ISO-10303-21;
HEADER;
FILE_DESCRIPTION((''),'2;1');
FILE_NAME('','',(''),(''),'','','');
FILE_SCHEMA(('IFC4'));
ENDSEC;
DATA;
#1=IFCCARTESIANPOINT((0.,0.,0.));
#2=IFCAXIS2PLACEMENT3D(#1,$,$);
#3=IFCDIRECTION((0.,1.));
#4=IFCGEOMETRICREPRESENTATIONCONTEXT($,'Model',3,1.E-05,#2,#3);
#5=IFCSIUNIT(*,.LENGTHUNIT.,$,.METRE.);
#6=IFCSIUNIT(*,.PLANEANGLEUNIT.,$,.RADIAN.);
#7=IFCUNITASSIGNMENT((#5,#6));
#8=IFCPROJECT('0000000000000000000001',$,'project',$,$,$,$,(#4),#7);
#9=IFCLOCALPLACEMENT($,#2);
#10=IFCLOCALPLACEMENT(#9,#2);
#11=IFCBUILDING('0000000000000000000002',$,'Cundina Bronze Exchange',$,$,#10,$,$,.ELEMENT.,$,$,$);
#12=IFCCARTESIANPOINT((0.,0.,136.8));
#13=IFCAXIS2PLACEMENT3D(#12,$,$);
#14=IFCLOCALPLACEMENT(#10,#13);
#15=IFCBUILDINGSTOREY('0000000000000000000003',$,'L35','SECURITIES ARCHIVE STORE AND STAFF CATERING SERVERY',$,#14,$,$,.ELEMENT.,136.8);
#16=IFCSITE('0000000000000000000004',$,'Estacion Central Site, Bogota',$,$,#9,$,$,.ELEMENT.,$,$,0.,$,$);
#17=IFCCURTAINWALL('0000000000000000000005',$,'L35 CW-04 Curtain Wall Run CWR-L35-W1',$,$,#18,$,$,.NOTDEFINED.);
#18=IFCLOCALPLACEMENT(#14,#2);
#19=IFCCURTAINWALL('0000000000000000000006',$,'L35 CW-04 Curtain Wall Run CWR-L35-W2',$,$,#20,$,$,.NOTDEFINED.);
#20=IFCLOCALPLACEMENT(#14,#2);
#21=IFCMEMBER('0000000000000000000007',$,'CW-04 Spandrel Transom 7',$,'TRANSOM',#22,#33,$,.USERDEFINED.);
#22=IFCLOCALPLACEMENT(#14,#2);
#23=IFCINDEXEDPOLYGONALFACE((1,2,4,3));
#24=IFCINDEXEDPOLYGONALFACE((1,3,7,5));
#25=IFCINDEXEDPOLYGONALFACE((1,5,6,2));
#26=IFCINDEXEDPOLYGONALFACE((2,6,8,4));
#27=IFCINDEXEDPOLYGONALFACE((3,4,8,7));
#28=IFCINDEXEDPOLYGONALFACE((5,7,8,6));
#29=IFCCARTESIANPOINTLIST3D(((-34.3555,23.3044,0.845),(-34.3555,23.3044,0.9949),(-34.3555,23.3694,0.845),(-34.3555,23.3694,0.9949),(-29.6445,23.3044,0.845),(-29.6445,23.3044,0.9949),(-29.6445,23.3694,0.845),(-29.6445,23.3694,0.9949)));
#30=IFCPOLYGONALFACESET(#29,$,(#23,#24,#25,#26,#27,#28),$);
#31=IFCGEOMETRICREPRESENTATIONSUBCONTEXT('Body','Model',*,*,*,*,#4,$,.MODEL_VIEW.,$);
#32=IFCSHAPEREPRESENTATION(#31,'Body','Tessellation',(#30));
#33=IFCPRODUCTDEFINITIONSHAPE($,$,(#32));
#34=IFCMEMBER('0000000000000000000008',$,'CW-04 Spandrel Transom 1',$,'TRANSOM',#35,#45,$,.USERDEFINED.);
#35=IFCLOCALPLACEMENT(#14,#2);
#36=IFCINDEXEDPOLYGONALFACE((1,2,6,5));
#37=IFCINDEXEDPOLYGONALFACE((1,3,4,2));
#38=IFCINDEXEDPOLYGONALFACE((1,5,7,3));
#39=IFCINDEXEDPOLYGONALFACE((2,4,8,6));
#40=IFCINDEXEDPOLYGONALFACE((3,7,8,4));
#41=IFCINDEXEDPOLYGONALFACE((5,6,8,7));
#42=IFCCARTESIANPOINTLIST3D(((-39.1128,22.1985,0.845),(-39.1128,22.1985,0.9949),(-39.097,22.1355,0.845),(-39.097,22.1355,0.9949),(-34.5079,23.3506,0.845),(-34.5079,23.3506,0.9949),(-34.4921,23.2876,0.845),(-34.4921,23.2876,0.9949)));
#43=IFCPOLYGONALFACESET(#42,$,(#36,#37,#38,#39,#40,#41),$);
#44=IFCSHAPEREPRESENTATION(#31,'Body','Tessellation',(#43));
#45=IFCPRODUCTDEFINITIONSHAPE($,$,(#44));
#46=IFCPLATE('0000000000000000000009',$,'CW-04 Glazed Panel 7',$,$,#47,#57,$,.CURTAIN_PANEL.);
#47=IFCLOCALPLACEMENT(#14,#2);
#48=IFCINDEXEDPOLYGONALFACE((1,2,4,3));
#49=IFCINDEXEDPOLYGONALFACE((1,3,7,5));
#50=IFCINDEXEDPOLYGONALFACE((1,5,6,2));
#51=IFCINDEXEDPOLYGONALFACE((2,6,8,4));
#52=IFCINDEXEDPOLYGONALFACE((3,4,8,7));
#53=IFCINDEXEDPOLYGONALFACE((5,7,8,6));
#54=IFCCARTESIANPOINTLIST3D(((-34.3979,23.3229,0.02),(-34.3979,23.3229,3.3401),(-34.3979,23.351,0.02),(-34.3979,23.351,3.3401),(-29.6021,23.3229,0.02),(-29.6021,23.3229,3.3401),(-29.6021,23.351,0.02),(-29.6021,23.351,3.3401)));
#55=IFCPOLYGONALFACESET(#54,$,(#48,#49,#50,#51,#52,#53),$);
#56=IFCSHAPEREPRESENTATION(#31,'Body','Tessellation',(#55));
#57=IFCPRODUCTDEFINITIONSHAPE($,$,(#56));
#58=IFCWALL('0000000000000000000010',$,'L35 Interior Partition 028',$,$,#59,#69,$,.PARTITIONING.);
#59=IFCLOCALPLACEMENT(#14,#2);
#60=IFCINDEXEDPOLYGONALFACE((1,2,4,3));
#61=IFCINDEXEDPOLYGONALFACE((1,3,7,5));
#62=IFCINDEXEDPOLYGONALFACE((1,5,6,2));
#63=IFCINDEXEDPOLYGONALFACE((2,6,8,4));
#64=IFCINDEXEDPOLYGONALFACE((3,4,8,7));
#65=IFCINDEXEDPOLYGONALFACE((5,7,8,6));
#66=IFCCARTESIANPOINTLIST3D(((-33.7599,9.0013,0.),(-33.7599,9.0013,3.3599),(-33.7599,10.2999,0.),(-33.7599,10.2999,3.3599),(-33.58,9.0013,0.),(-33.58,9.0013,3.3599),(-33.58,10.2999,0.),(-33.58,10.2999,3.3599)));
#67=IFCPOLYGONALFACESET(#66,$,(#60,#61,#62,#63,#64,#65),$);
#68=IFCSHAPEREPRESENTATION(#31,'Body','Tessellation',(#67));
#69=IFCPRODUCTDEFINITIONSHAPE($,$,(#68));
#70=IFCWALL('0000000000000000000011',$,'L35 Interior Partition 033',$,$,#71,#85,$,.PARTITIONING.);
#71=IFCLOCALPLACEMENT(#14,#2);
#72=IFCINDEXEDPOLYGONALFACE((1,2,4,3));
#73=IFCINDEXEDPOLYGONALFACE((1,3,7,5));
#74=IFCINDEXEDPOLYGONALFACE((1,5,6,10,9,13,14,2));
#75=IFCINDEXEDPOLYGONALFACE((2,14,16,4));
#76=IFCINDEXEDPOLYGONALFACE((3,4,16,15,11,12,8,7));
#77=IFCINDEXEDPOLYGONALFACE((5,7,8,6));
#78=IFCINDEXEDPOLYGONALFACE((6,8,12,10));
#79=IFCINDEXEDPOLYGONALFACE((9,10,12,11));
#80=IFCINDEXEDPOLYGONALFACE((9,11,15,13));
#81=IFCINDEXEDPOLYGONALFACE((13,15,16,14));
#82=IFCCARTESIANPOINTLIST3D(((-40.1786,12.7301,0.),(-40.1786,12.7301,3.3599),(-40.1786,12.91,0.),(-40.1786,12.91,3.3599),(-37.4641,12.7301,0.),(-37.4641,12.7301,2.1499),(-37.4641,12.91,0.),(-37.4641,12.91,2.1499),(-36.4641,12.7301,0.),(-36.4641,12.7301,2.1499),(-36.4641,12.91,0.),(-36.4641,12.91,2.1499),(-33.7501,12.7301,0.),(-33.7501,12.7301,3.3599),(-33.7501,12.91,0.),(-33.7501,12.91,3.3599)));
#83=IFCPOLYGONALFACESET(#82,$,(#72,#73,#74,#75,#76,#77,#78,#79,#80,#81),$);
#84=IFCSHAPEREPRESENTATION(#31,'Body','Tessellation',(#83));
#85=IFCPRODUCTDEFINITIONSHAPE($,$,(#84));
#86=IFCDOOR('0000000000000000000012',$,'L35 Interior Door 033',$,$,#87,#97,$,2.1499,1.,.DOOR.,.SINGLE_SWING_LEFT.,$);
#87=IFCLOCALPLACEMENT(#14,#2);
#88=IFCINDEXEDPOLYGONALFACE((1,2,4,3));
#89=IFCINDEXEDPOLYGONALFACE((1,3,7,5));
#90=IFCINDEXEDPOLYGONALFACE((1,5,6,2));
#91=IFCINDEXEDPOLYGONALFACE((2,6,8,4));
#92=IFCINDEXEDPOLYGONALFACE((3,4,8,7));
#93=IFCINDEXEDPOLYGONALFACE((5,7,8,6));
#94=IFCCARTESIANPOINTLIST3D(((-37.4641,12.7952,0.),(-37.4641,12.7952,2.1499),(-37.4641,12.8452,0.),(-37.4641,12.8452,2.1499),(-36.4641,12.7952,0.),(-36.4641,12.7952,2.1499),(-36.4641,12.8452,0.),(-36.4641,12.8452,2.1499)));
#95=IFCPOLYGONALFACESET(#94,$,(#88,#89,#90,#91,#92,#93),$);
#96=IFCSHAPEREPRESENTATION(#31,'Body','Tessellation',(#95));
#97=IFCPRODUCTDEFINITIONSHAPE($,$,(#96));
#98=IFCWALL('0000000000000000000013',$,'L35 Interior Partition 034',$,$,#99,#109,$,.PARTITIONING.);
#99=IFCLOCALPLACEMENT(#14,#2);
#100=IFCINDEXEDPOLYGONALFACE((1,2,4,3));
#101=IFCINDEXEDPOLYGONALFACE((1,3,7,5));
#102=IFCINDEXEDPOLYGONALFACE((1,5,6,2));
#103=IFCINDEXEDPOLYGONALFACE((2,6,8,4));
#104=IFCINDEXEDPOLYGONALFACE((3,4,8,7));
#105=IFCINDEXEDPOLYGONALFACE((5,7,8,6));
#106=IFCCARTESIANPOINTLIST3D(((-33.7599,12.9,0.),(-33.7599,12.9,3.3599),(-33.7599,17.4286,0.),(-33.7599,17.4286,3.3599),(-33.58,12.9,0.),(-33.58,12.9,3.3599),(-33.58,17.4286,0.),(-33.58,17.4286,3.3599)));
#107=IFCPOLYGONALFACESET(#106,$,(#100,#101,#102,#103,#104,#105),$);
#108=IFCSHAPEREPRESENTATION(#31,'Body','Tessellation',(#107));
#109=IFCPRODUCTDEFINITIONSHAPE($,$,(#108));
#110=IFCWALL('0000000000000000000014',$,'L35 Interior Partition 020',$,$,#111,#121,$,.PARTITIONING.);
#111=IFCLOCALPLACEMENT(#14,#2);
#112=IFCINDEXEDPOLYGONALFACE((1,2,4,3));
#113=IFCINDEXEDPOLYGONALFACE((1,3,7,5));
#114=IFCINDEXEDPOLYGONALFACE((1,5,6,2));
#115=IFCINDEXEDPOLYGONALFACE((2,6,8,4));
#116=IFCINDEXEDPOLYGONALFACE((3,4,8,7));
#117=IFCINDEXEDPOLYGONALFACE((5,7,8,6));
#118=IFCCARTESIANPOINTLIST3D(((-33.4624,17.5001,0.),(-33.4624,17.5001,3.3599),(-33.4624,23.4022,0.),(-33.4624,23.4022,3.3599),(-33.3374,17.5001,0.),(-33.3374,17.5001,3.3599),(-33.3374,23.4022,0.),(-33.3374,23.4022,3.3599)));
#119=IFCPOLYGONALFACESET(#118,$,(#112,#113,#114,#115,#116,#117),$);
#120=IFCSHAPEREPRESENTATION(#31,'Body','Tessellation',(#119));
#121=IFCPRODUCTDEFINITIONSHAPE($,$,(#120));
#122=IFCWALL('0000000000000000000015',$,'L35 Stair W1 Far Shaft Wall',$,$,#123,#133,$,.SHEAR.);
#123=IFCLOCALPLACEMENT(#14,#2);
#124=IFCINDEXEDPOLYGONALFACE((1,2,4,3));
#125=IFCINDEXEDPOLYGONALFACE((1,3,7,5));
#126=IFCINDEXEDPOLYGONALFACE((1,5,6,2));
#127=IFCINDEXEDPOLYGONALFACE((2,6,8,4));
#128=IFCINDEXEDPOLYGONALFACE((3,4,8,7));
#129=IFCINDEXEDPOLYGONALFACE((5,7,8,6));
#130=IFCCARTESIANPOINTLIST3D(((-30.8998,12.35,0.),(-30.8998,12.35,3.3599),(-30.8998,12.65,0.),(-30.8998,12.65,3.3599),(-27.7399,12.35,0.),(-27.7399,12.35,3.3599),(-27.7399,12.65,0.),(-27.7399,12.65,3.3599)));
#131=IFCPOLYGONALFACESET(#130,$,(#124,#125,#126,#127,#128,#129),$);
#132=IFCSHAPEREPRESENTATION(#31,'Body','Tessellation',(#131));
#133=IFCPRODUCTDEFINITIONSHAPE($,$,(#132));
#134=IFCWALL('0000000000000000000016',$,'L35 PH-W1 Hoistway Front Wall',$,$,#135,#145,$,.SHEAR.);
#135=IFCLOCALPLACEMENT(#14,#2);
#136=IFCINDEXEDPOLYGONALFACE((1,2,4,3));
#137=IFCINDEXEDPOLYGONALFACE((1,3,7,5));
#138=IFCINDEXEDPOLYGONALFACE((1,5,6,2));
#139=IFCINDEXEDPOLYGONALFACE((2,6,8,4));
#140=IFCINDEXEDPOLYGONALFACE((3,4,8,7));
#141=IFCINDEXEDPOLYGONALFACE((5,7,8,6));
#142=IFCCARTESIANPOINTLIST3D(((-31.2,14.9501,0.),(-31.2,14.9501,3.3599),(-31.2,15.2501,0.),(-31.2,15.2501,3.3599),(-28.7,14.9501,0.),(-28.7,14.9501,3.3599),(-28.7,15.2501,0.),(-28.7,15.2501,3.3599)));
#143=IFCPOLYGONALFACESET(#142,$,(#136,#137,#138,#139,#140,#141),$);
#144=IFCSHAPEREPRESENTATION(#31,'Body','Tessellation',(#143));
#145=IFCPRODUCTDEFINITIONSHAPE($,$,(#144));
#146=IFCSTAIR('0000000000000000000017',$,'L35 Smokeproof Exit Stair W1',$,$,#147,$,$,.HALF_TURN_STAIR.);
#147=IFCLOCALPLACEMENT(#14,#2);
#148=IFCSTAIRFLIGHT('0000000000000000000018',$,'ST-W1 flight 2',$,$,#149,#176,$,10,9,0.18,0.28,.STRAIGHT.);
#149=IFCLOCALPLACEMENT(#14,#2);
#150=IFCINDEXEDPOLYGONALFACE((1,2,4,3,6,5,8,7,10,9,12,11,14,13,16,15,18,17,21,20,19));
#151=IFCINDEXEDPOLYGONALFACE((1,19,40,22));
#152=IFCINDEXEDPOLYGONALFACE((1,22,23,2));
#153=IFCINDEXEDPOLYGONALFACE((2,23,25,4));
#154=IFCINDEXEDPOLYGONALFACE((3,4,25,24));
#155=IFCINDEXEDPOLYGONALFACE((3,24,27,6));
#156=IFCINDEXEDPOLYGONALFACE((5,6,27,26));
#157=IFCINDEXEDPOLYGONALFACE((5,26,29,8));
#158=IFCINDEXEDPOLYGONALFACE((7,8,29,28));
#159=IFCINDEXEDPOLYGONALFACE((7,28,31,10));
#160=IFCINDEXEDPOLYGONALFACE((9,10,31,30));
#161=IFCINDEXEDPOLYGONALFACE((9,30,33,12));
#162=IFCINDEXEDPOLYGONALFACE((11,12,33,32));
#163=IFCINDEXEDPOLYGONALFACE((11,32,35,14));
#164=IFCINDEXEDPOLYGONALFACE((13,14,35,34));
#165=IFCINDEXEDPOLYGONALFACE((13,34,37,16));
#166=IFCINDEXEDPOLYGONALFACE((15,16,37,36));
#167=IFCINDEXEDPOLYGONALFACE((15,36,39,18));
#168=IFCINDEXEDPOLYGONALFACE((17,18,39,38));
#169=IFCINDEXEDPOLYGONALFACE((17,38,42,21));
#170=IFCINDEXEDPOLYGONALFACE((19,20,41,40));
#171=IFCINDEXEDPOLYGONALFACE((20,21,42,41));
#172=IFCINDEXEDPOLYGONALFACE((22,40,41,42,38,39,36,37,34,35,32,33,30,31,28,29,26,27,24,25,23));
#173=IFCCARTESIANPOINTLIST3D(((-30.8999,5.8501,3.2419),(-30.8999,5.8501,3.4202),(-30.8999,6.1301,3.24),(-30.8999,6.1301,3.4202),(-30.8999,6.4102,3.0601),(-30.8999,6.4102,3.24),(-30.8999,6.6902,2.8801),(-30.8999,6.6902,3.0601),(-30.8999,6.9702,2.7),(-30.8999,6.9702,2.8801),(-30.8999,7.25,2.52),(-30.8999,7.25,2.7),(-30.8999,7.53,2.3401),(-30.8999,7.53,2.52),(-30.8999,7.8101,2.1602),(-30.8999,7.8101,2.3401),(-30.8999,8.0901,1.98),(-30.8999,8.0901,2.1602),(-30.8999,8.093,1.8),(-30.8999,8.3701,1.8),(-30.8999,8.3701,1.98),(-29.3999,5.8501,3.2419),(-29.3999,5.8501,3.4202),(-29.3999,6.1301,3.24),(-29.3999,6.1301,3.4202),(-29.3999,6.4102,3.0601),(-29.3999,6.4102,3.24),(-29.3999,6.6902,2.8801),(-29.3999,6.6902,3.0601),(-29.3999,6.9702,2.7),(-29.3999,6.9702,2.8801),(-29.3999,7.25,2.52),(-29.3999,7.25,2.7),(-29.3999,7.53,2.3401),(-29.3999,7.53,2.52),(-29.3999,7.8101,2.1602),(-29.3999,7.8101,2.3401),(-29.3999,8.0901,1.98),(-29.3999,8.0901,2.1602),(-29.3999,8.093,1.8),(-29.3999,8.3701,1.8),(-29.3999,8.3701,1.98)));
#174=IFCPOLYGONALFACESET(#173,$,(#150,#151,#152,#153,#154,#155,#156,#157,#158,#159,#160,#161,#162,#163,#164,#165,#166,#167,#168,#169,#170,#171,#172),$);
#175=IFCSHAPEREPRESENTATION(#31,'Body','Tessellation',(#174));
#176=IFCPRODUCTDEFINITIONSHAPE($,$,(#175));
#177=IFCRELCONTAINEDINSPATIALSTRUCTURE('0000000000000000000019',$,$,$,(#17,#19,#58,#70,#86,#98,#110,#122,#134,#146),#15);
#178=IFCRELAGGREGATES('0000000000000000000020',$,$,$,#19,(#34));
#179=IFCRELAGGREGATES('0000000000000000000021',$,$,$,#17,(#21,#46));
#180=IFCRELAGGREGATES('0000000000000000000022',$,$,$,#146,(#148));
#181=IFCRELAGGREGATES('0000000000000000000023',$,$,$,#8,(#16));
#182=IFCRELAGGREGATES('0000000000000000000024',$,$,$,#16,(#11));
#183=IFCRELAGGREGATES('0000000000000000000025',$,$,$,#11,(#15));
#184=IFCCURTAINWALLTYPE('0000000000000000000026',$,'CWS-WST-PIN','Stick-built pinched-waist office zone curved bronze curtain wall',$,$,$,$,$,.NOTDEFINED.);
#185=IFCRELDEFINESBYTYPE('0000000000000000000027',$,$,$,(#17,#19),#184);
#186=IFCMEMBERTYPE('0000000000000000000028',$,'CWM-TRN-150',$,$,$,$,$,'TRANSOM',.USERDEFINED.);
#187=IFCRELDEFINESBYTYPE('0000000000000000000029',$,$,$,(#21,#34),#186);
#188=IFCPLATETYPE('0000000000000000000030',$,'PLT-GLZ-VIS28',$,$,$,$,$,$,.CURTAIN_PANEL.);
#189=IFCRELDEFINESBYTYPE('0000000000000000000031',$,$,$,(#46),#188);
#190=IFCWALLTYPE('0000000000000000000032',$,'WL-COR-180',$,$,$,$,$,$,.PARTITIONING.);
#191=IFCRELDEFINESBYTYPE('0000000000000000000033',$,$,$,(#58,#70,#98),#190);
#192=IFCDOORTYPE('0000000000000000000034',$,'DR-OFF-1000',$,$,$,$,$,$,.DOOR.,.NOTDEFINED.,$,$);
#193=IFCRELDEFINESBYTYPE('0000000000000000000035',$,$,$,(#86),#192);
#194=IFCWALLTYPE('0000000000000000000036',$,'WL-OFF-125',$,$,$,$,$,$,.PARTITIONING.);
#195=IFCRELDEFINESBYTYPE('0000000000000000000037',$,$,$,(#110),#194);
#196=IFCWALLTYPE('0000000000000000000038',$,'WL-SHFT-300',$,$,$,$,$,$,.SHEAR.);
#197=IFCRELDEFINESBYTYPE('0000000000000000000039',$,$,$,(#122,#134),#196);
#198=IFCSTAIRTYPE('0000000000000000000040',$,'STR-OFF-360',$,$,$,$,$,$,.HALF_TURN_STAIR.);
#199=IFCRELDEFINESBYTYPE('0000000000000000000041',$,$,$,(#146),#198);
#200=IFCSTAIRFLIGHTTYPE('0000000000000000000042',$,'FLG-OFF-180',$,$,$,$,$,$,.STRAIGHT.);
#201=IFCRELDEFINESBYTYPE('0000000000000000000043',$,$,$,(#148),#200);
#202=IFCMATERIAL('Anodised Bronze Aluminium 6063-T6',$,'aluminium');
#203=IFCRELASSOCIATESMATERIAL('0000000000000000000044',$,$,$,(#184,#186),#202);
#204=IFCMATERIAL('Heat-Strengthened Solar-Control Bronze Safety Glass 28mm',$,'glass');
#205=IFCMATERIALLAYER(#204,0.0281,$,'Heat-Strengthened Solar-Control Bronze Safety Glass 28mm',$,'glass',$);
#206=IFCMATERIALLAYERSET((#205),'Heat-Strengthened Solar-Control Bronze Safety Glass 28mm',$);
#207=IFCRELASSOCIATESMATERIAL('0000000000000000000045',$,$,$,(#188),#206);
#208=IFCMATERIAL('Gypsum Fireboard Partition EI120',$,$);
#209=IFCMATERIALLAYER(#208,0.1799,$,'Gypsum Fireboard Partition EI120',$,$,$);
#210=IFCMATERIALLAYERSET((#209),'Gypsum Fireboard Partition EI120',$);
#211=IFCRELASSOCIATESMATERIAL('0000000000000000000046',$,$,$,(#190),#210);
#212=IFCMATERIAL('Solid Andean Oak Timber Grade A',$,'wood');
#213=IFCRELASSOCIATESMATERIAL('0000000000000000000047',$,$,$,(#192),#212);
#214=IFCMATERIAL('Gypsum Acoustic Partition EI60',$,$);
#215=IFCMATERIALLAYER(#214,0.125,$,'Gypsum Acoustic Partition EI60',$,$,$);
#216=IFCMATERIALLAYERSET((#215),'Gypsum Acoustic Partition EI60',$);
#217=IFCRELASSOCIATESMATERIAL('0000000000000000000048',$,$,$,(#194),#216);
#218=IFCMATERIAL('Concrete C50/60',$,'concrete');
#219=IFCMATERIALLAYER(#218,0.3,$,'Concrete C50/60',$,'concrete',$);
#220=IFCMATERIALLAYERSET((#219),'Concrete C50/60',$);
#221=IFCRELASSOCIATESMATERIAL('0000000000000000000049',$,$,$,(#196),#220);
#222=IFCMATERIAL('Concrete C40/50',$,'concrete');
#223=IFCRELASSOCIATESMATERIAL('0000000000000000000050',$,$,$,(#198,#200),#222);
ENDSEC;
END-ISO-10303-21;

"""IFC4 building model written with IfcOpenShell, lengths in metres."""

from ifc_helpers import new_model, si_unit, direction, frame, frame_2d, origin, origin_2d, place, context, subcontext, project, spatial, polyline, rectangle, outline, extrude, material, layer, layer_set, material_profile, profile_set, type_object, element, fill, aggregate, save


model = new_model("IFC4")

# Units and contexts
model_context = context("Model", 3, precision=1e-05, world=origin(), true_north=direction((0.0, 1.0)))
body_context = subcontext(model_context, "Body", "Model", "MODEL_VIEW")
ifc_project = project(units=[si_unit("LENGTHUNIT", "METRE"), si_unit("PLANEANGLEUNIT", "RADIAN")], contexts=[model_context])

# Site, building, storey
site_placement = place(None, origin())
site = spatial("IfcSite", under=ifc_project, at=site_placement, Name="Estacion Central Site, Bogota", CompositionType="ELEMENT", RefElevation=0.0)
building_placement = place(site_placement, origin())
building = spatial("IfcBuilding", under=site, at=building_placement, Name="Cundina Bronze Exchange", CompositionType="ELEMENT")
storey_placement = place(building_placement, frame((0.0, 0.0, 136.8)))
storey = spatial("IfcBuildingStorey", under=building, at=storey_placement, Name="L35", Description="SECURITIES ARCHIVE STORE AND STAFF CATERING SERVERY", CompositionType="ELEMENT", Elevation=136.8)

# Shared definitions
ifc_material_1 = material(Name="Concrete C50/60", Category="concrete")

# Curtain wall
ifc_material_2 = material(Name="Anodised Bronze Aluminium 6063-T6", Category="aluminium")
curtain_wall_type = type_object("IfcCurtainWallType", Name="CWS-WST-PIN", Description="Stick-built pinched-waist office zone curved bronze curtain wall", PredefinedType="NOTDEFINED", material=ifc_material_2)
curtain_wall_1_placement = place(storey_placement, origin())
curtain_wall_1 = element("IfcCurtainWall", 1, at=curtain_wall_1_placement, inside=storey, type_object=curtain_wall_type, Name="L35 CW-04 Curtain Wall Run CWR-L35-W1", PredefinedType="NOTDEFINED")

# Curtain wall
curtain_wall_2_placement = place(storey_placement, origin())
curtain_wall_2 = element("IfcCurtainWall", 2, at=curtain_wall_2_placement, inside=storey, type_object=curtain_wall_type, Name="L35 CW-04 Curtain Wall Run CWR-L35-W2", PredefinedType="NOTDEFINED")

# Members
ifc_material_profile_1 = material_profile(ifc_material_2, rectangle(XDim=0.0649, YDim=0.1499, at=origin_2d()), Name="AL65X150", Category="aluminium")
ifc_profile_set_1 = profile_set([ifc_material_profile_1], Name="Anodised Bronze Aluminium 6063-T6")
member_type_1 = type_object("IfcMemberType", Name="CWM-TRN-150", ElementType="TRANSOM", PredefinedType="USERDEFINED", material=ifc_profile_set_1)
member_1_placement = place(storey_placement, frame((-29.6445, 23.3369, 0.9199), z_axis=(-1.0, 0.0, 0.0), x_axis=(0.0, -1.0, 0.0)))
member_1 = element("IfcMember", 3, at=member_1_placement, type_object=member_type_1, Name="CW-04 Spandrel Transom 7", ObjectType="TRANSOM", PredefinedType="USERDEFINED", context=body_context, shape_type="SweptSolid", body=[
    extrude(rectangle(XDim=0.0649, YDim=0.1499, at=origin_2d()), origin(), (0.0, 0.0, 1.0), 4.7109),
])
member_2_placement = place(storey_placement, frame((-34.5, 23.3191, 0.9199), z_axis=(-0.9701, -0.242705, 0.0), x_axis=(0.242705, -0.9701, 0.0)))
member_2 = element("IfcMember", 4, at=member_2_placement, type_object=member_type_1, Name="CW-04 Spandrel Transom 1", ObjectType="TRANSOM", PredefinedType="USERDEFINED", context=body_context, shape_type="SweptSolid", body=[
    extrude(rectangle(XDim=0.0649, YDim=0.1499, at=origin_2d()), origin(), (0.0, 0.0, 1.0), 4.7468),
])
aggregate(curtain_wall_2, [member_2])

# Plate
ifc_material_3 = material(Name="Heat-Strengthened Solar-Control Bronze Safety Glass 28mm", Category="glass")
ifc_layer_1 = layer(ifc_material_3, 0.0281, Name="Heat-Strengthened Solar-Control Bronze Safety Glass 28mm", Category="glass")
ifc_layer_set_1 = layer_set([ifc_layer_1], Name="Heat-Strengthened Solar-Control Bronze Safety Glass 28mm")
plate_type = type_object("IfcPlateType", Name="PLT-GLZ-VIS28", PredefinedType="CURTAIN_PANEL", material=ifc_layer_set_1)
plate_placement = place(storey_placement, frame((-32.0, 23.3369, 0.02), z_axis=(0.0, 0.0, 1.0), x_axis=(-1.0, 0.0, 0.0)))
plate = element("IfcPlate", 5, at=plate_placement, type_object=plate_type, Name="CW-04 Glazed Panel 7", PredefinedType="CURTAIN_PANEL", context=body_context, shape_type="SweptSolid", body=[
    extrude(rectangle(XDim=4.7959, YDim=0.0281, at=origin_2d()), origin(), (0.0, 0.0, 1.0), 3.3201),
])
aggregate(curtain_wall_1, [member_1, plate])

# Shared definitions
ifc_material_4 = material(Name="Gypsum Fireboard Partition EI120")
ifc_layer_2 = layer(ifc_material_4, 0.1799, Name="Gypsum Fireboard Partition EI120")
ifc_layer_set_2 = layer_set([ifc_layer_2], Name="Gypsum Fireboard Partition EI120")
wall_type_1 = type_object("IfcWallType", Name="WL-COR-180", PredefinedType="PARTITIONING", material=ifc_layer_set_2)
ifc_material_5 = material(Name="Solid Andean Oak Timber Grade A", Category="wood")
door_type_1 = type_object("IfcDoorType", Name="DR-OFF-1000", OperationType="NOTDEFINED", PredefinedType="DOOR", material=ifc_material_5)

# Wall
wall_1_placement = place(storey_placement, frame((-33.6699, 10.3, 0.0), z_axis=(0.0, 0.0, 1.0), x_axis=(0.0, -1.0, 0.0)))
element("IfcWall", 6, at=wall_1_placement, inside=storey, type_object=wall_type_1, Name="L35 Interior Partition 028", PredefinedType="PARTITIONING", context=body_context, shape_type="SweptSolid", body=[
    extrude(rectangle(XDim=1.2986, YDim=0.1799, at=frame_2d((0.6494, 0.0))), origin(), (0.0, 0.0, 1.0), 3.3599),
])

# Wall, opening, door
wall_2_placement = place(storey_placement, frame((-33.75, 12.8201, 0.0), z_axis=(0.0, 0.0, 1.0), x_axis=(-1.0, 0.0, 0.0)))
wall_2 = element("IfcWall", 7, at=wall_2_placement, inside=storey, type_object=wall_type_1, Name="L35 Interior Partition 033", PredefinedType="PARTITIONING", context=body_context, shape_type="SweptSolid", body=[
    extrude(rectangle(XDim=6.4285, YDim=0.1799, at=frame_2d((3.2144, 0.0))), origin(), (0.0, 0.0, 1.0), 3.3599),
])
opening_1_placement = place(wall_2_placement, frame((2.7141, 0.0, 0.0)))
opening_1 = element("IfcOpeningElement", 8, at=opening_1_placement, cuts=wall_2, PredefinedType="OPENING", context=body_context, shape_type="SweptSolid", body=[
    extrude(rectangle(XDim=1.0, YDim=2.1499, at=frame_2d((0.5, 1.075))), frame((0.0, 0.0999, 0.0), z_axis=(0.0, -1.0, 0.0), x_axis=(1.0, 0.0, 0.0)), (0.0, 0.0, 1.0), 0.2),
])
door_1_placement = place(opening_1_placement, origin())
door_1 = element("IfcDoor", 9, at=door_1_placement, inside=storey, type_object=door_type_1, Name="L35 Interior Door 033", OperationType="SINGLE_SWING_LEFT", OverallHeight=2.1499, OverallWidth=1.0, PredefinedType="DOOR", context=body_context, shape_type="SweptSolid", body=[
    extrude(rectangle(XDim=1.0, YDim=2.1499, at=frame_2d((0.5, 1.075))), frame((0.0, 0.0249, 0.0), z_axis=(0.0, -1.0, 0.0), x_axis=(1.0, 0.0, 0.0)), (0.0, 0.0, 1.0), 0.05),
])
fill(opening_1, door_1)

# Walls
wall_3_placement = place(storey_placement, frame((-33.6699, 17.4285, 0.0), z_axis=(0.0, 0.0, 1.0), x_axis=(0.0, -1.0, 0.0)))
element("IfcWall", 10, at=wall_3_placement, inside=storey, type_object=wall_type_1, Name="L35 Interior Partition 034", PredefinedType="PARTITIONING", context=body_context, shape_type="SweptSolid", body=[
    extrude(rectangle(XDim=4.5286, YDim=0.1799, at=frame_2d((2.2642, 0.0))), origin(), (0.0, 0.0, 1.0), 3.3599),
])
ifc_material_6 = material(Name="Gypsum Acoustic Partition EI60")
ifc_layer_3 = layer(ifc_material_6, 0.125, Name="Gypsum Acoustic Partition EI60")
ifc_layer_set_3 = layer_set([ifc_layer_3], Name="Gypsum Acoustic Partition EI60")
wall_type_2 = type_object("IfcWallType", Name="WL-OFF-125", PredefinedType="PARTITIONING", material=ifc_layer_set_3)
wall_4_placement = place(storey_placement, frame((-33.3999, 17.5, 0.0), z_axis=(0.0, 0.0, 1.0), x_axis=(0.0, 1.0, 0.0)))
element("IfcWall", 11, at=wall_4_placement, inside=storey, type_object=wall_type_2, Name="L35 Interior Partition 020", PredefinedType="PARTITIONING", context=body_context, shape_type="SweptSolid", body=[
    extrude(rectangle(XDim=5.9021, YDim=0.125, at=frame_2d((2.9512, 0.0))), origin(), (0.0, 0.0, 1.0), 3.3599),
])

# Shared definitions
ifc_layer_4 = layer(ifc_material_1, 0.3, Name="Concrete C50/60", Category="concrete")
ifc_layer_set_4 = layer_set([ifc_layer_4], Name="Concrete C50/60")
wall_type_3 = type_object("IfcWallType", Name="WL-SHFT-300", PredefinedType="SHEAR", material=ifc_layer_set_4)

# Walls
wall_5_placement = place(storey_placement, frame((-30.8999, 12.5, 0.0), z_axis=(0.0, 0.0, 1.0), x_axis=(1.0, 0.0, 0.0)))
element("IfcWall", 12, at=wall_5_placement, inside=storey, type_object=wall_type_3, Name="L35 Stair W1 Far Shaft Wall", PredefinedType="SHEAR", context=body_context, shape_type="SweptSolid", body=[
    extrude(rectangle(XDim=3.1599, YDim=0.3, at=frame_2d((1.5801, 0.0))), origin(), (0.0, 0.0, 1.0), 3.3599),
])
wall_6_placement = place(storey_placement, frame((-31.2, 15.1001, 0.0), z_axis=(0.0, 0.0, 1.0), x_axis=(1.0, 0.0, 0.0)))
element("IfcWall", 13, at=wall_6_placement, inside=storey, type_object=wall_type_3, Name="L35 PH-W1 Hoistway Front Wall", PredefinedType="SHEAR", context=body_context, shape_type="SweptSolid", body=[
    extrude(rectangle(XDim=2.5, YDim=0.3, at=frame_2d((1.25, 0.0))), origin(), (0.0, 0.0, 1.0), 3.3599),
])

# Stair, stair flight
ifc_material_7 = material(Name="Concrete C40/50", Category="concrete")
stair_type = type_object("IfcStairType", Name="STR-OFF-360", PredefinedType="HALF_TURN_STAIR", material=ifc_material_7)
stair_placement = place(storey_placement, origin())
stair = element("IfcStair", 14, at=stair_placement, inside=storey, type_object=stair_type, Name="L35 Smokeproof Exit Stair W1", PredefinedType="HALF_TURN_STAIR")
stair_flight_type = type_object("IfcStairFlightType", Name="FLG-OFF-180", PredefinedType="STRAIGHT", material=ifc_material_7)
stair_flight_placement = place(storey_placement, frame((-30.1499, 8.3701, 1.8), z_axis=(0.0, 0.0, 1.0), x_axis=(0.0, -1.0, 0.0)))
stair_flight = element("IfcStairFlight", 15, at=stair_flight_placement, type_object=stair_flight_type, Name="ST-W1 flight 2", NumberOfRisers=10, NumberOfTreads=9, PredefinedType="STRAIGHT", RiserHeight=0.18, TreadLength=0.28, context=body_context, shape_type="SweptSolid", body=[
    extrude(outline(polyline([(0.0, 0.0), (0.0, 0.1799), (0.28, 0.1799), (0.28, 0.3601), (0.5601, 0.3601), (0.5601, 0.54), (0.8401, 0.54), (0.8401, 0.72), (1.1201, 0.72), (1.1201, 0.8999), (1.3999, 0.8999), (1.3999, 1.0801), (1.6799, 1.0801), (1.6799, 1.26), (1.96, 1.26), (1.96, 1.4399), (2.24, 1.4399), (2.24, 1.6201), (2.52, 1.6201), (2.52, 1.8), (2.52, 1.4419), (0.2771, 0.0), (0.0, 0.0)])), frame((0.0, 0.75, 0.0), z_axis=(0.0, -1.0, 0.0), x_axis=(1.0, 0.0, 0.0)), (0.0, 0.0, 1.0), 1.5),
])
aggregate(stair, [stair_flight])

save(model, "model.ifc")
